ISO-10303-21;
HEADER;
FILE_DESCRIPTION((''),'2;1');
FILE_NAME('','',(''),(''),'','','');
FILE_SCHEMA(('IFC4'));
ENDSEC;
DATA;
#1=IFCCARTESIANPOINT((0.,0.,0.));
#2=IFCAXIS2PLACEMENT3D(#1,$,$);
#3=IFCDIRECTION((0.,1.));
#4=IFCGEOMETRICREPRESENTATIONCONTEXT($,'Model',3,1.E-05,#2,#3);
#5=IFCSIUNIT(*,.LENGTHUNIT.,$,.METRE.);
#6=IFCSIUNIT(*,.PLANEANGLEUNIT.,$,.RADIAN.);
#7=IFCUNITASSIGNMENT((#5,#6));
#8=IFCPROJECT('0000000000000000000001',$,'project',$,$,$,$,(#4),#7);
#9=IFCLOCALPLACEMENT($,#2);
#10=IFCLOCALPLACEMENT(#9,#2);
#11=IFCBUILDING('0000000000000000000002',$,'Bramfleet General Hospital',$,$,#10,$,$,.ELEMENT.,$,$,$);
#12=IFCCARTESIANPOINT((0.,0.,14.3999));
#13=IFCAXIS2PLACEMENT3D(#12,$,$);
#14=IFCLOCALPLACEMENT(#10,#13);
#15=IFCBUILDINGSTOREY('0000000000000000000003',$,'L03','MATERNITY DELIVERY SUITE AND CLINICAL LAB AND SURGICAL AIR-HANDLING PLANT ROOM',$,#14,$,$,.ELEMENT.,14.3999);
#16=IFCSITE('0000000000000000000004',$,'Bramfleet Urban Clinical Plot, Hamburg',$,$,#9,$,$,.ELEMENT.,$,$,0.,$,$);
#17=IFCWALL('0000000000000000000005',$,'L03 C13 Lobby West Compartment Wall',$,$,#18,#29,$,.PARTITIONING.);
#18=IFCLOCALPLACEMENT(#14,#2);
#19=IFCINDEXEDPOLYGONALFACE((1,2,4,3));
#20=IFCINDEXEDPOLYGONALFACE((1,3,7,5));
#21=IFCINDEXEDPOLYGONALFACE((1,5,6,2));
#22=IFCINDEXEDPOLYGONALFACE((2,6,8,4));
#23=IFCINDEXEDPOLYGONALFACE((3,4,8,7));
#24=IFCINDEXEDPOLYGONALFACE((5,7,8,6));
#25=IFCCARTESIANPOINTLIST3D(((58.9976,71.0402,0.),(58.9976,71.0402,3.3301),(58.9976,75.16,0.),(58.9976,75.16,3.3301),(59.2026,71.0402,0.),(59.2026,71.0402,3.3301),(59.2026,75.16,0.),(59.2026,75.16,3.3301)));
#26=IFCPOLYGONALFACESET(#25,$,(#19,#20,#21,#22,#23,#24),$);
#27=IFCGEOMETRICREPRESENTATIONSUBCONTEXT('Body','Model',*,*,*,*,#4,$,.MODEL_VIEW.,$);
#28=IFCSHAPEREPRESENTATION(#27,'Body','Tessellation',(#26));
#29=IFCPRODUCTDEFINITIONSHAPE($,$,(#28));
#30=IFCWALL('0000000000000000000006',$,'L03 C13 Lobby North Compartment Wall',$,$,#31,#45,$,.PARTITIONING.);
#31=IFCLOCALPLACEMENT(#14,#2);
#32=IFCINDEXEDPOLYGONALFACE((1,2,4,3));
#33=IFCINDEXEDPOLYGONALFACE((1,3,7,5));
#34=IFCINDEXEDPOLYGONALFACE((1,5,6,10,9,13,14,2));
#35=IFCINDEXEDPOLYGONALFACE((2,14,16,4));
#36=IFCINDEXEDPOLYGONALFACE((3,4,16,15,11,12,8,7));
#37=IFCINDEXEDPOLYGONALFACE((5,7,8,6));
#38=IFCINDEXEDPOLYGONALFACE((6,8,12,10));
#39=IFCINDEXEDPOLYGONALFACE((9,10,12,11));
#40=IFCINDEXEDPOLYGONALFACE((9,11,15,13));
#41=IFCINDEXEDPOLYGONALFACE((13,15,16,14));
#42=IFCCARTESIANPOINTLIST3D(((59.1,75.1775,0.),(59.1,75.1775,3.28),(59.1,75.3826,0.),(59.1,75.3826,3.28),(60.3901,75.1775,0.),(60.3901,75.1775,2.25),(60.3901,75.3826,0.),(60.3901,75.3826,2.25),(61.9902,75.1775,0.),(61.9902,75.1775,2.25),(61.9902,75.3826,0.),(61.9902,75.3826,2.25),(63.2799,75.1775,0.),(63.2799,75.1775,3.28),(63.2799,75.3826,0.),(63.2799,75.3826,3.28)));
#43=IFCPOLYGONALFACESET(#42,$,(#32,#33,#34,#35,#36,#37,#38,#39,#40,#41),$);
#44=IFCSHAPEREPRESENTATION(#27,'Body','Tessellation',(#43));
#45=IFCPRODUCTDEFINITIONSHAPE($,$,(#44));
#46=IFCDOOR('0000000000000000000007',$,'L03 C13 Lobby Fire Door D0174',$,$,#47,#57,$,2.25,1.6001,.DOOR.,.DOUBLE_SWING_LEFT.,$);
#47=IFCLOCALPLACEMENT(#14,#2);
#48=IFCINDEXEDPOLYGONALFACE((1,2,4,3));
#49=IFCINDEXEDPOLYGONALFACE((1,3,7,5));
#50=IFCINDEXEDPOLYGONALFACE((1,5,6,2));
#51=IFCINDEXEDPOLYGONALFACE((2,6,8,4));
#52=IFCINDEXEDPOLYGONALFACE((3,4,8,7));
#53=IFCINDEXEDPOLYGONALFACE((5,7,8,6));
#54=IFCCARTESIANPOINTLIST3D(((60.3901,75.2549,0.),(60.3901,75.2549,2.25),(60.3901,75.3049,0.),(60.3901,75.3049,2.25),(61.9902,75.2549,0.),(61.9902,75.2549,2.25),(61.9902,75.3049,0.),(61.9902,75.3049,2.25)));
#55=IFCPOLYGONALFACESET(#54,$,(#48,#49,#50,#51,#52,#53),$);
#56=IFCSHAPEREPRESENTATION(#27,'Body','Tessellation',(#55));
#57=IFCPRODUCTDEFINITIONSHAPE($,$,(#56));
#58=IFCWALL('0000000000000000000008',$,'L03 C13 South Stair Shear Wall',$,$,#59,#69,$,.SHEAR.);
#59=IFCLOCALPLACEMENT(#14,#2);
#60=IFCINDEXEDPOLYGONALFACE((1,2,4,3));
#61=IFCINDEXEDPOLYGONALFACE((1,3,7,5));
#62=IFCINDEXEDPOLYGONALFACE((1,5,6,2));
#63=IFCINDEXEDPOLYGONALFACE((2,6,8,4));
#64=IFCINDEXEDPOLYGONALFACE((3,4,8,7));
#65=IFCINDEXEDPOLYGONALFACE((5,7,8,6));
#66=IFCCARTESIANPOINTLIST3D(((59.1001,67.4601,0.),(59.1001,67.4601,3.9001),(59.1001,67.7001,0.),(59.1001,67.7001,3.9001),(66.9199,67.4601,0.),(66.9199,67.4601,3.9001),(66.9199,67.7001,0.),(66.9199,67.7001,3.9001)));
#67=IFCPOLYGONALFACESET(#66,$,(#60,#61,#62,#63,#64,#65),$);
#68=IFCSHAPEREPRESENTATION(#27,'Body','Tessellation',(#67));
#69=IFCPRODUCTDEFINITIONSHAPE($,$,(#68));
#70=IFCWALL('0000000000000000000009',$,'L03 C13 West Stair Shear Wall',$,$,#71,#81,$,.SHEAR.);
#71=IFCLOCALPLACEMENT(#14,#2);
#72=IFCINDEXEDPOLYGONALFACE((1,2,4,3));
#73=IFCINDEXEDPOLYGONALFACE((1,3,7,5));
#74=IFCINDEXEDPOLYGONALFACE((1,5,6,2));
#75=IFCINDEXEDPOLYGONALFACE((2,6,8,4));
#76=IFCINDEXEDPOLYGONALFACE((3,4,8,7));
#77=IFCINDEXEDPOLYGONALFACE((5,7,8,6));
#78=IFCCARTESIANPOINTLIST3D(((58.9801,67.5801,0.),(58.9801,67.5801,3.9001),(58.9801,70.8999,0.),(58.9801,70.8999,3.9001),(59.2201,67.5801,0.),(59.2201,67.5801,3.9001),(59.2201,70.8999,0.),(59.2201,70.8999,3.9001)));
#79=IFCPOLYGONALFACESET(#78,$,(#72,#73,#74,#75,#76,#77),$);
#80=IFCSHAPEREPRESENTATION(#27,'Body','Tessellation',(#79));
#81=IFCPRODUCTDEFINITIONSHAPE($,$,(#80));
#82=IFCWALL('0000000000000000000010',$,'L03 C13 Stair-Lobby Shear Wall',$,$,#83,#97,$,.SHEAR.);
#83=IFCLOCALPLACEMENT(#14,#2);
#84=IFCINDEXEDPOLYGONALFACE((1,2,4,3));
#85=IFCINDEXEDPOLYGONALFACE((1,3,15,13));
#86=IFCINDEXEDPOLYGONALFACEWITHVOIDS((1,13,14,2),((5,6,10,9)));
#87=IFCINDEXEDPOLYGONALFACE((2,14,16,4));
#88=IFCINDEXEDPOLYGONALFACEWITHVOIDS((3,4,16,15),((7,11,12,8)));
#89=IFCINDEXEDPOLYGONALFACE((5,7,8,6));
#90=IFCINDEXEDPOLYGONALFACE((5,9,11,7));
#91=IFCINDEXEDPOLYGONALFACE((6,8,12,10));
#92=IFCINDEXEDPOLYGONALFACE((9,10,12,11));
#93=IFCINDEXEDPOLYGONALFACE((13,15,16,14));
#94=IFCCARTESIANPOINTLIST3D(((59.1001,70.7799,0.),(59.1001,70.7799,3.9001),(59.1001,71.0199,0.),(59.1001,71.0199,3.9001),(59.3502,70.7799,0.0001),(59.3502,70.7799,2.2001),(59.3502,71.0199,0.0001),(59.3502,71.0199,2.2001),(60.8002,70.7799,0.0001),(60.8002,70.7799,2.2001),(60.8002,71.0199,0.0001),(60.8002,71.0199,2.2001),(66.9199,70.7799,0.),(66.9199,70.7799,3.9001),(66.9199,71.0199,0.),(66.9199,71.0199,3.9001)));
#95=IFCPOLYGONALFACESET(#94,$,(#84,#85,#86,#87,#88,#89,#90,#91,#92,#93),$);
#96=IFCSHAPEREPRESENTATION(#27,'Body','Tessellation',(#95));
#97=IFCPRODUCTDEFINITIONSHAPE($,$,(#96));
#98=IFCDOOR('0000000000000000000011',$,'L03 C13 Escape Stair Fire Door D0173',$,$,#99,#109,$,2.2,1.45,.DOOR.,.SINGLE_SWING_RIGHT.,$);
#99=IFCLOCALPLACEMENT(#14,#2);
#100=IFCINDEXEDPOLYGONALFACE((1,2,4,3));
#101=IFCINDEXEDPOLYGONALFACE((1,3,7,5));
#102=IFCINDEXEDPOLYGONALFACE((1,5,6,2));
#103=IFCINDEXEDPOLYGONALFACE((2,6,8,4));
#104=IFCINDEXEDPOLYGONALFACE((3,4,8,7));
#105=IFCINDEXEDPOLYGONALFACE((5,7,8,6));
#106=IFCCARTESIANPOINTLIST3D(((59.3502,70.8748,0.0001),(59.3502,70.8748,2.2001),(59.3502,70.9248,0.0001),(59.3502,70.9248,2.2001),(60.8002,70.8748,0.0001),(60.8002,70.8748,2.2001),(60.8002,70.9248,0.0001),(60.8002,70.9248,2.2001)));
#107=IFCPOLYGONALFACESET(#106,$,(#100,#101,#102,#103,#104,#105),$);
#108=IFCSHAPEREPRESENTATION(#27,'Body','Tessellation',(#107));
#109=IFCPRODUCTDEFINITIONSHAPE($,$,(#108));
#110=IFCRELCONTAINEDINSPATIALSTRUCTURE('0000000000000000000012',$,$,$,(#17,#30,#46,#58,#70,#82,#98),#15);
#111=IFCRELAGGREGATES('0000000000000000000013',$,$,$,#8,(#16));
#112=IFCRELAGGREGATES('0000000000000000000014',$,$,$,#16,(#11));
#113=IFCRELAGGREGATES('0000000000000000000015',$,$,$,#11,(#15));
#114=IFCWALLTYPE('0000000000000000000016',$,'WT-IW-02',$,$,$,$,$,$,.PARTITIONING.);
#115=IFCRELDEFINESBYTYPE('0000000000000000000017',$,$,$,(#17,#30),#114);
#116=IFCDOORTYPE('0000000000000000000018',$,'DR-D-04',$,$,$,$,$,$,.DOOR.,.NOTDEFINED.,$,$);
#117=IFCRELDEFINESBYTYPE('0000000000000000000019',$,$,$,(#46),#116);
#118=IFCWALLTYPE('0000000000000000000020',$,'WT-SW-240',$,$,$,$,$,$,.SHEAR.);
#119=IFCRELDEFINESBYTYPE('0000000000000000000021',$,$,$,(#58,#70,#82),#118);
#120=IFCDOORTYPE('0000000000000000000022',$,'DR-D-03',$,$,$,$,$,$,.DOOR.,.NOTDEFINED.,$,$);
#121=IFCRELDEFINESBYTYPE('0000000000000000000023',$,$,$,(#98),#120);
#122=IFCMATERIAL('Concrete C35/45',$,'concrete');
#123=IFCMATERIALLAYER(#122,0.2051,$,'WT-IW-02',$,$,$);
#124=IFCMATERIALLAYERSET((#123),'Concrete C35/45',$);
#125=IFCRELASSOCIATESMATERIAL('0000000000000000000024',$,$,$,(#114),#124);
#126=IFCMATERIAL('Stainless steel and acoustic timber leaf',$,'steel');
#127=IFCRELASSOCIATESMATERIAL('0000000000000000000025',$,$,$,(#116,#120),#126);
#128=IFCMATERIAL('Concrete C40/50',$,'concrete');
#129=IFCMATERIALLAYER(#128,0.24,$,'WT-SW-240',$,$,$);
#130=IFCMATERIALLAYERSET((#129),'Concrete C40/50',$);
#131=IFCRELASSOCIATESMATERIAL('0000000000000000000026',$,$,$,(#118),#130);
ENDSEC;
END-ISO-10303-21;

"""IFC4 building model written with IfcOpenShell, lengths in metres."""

from ifc_helpers import new_model, si_unit, direction, frame, frame_2d, origin, place, context, subcontext, project, spatial, rectangle, extrude, material, layer, layer_set, type_object, element, fill, save


model = new_model("IFC4")

# Units and contexts
model_context = context("Model", 3, precision=1e-05, world=origin(), true_north=direction((0.0, 1.0)))
body_context = subcontext(model_context, "Body", "Model", "MODEL_VIEW")
ifc_project = project(units=[si_unit("LENGTHUNIT", "METRE"), si_unit("PLANEANGLEUNIT", "RADIAN")], contexts=[model_context])

# Site, building, storey
site_placement = place(None, origin())
site = spatial("IfcSite", under=ifc_project, at=site_placement, Name="Bramfleet Urban Clinical Plot, Hamburg", CompositionType="ELEMENT", RefElevation=0.0)
building_placement = place(site_placement, origin())
building = spatial("IfcBuilding", under=site, at=building_placement, Name="Bramfleet General Hospital", CompositionType="ELEMENT")
storey_placement = place(building_placement, frame((0.0, 0.0, 14.3999)))
storey = spatial("IfcBuildingStorey", under=building, at=storey_placement, Name="L03", Description="MATERNITY DELIVERY SUITE AND CLINICAL LAB AND SURGICAL AIR-HANDLING PLANT ROOM", CompositionType="ELEMENT", Elevation=14.3999)

# Shared definitions
ifc_material_1 = material(Name="Concrete C40/50", Category="concrete")

# Shared definitions
ifc_material_2 = material(Name="Concrete C35/45", Category="concrete")

# Shared definitions
ifc_material_3 = material(Name="Stainless steel and acoustic timber leaf", Category="steel")

# Wall
ifc_layer_1 = layer(ifc_material_2, 0.2051, Name="WT-IW-02")
ifc_layer_set_1 = layer_set([ifc_layer_1], Name="Concrete C35/45")
wall_type_1 = type_object("IfcWallType", Name="WT-IW-02", PredefinedType="PARTITIONING", material=ifc_layer_set_1)
wall_1_placement = place(storey_placement, frame((59.1001, 71.04, 0.0), z_axis=(0.0, 0.0, 1.0), x_axis=(0.0, 1.0, 0.0)))
element("IfcWall", 1, at=wall_1_placement, inside=storey, type_object=wall_type_1, Name="L03 C13 Lobby West Compartment Wall", PredefinedType="PARTITIONING", context=body_context, shape_type="SweptSolid", body=[
    extrude(rectangle(XDim=4.1199, YDim=0.2051, at=frame_2d((2.0601, 0.0))), origin(), (0.0, 0.0, 1.0), 3.3301),
])

# Wall, opening, door
wall_2_placement = place(storey_placement, frame((59.1001, 75.28, 0.0), z_axis=(0.0, 0.0, 1.0), x_axis=(1.0, 0.0, 0.0)))
wall_2 = element("IfcWall", 2, at=wall_2_placement, inside=storey, type_object=wall_type_1, Name="L03 C13 Lobby North Compartment Wall", PredefinedType="PARTITIONING", context=body_context, shape_type="SweptSolid", body=[
    extrude(rectangle(XDim=4.1799, YDim=0.2051, at=frame_2d((2.0898, 0.0))), origin(), (0.0, 0.0, 1.0), 3.28),
])
opening_1_placement = place(wall_2_placement, frame((1.29, 0.0, 0.0)))
opening_1 = element("IfcOpeningElement", 3, at=opening_1_placement, cuts=wall_2, PredefinedType="OPENING", context=body_context, shape_type="SweptSolid", body=[
    extrude(rectangle(XDim=1.6001, YDim=2.25, at=frame_2d((0.8, 1.125))), frame((0.0, 0.1125, 0.0), z_axis=(0.0, -1.0, 0.0), x_axis=(1.0, 0.0, 0.0)), (0.0, 0.0, 1.0), 0.2251),
])
door_type_1 = type_object("IfcDoorType", Name="DR-D-04", OperationType="NOTDEFINED", PredefinedType="DOOR", material=ifc_material_3)
door_1_placement = place(opening_1_placement, origin())
door_1 = element("IfcDoor", 4, at=door_1_placement, inside=storey, type_object=door_type_1, Name="L03 C13 Lobby Fire Door D0174", OperationType="DOUBLE_SWING_LEFT", OverallHeight=2.25, OverallWidth=1.6001, PredefinedType="DOOR", context=body_context, shape_type="SweptSolid", body=[
    extrude(rectangle(XDim=1.6001, YDim=2.25, at=frame_2d((0.8, 1.125))), frame((0.0, 0.0249, 0.0), z_axis=(0.0, -1.0, 0.0), x_axis=(1.0, 0.0, 0.0)), (0.0, 0.0, 1.0), 0.05),
])
fill(opening_1, door_1)

# Walls
ifc_layer_2 = layer(ifc_material_1, 0.24, Name="WT-SW-240")
ifc_layer_set_2 = layer_set([ifc_layer_2], Name="Concrete C40/50")
wall_type_2 = type_object("IfcWallType", Name="WT-SW-240", PredefinedType="SHEAR", material=ifc_layer_set_2)
wall_3_placement = place(storey_placement, frame((59.1001, 67.5801, 0.0), z_axis=(0.0, 0.0, 1.0), x_axis=(1.0, 0.0, 0.0)))
element("IfcWall", 5, at=wall_3_placement, inside=storey, type_object=wall_type_2, Name="L03 C13 South Stair Shear Wall", PredefinedType="SHEAR", context=body_context, shape_type="SweptSolid", body=[
    extrude(rectangle(XDim=7.8198, YDim=0.24, at=frame_2d((3.9099, 0.0))), origin(), (0.0, 0.0, 1.0), 3.9001),
])
wall_4_placement = place(storey_placement, frame((59.1001, 67.5801, 0.0), z_axis=(0.0, 0.0, 1.0), x_axis=(0.0, 1.0, 0.0)))
element("IfcWall", 6, at=wall_4_placement, inside=storey, type_object=wall_type_2, Name="L03 C13 West Stair Shear Wall", PredefinedType="SHEAR", context=body_context, shape_type="SweptSolid", body=[
    extrude(rectangle(XDim=3.3198, YDim=0.24, at=frame_2d((1.6599, 0.0))), origin(), (0.0, 0.0, 1.0), 3.9001),
])

# Wall, opening, door
wall_5_placement = place(storey_placement, frame((59.1001, 70.8999, 0.0), z_axis=(0.0, 0.0, 1.0), x_axis=(1.0, 0.0, 0.0)))
wall_5 = element("IfcWall", 7, at=wall_5_placement, inside=storey, type_object=wall_type_2, Name="L03 C13 Stair-Lobby Shear Wall", PredefinedType="SHEAR", context=body_context, shape_type="SweptSolid", body=[
    extrude(rectangle(XDim=7.8198, YDim=0.24, at=frame_2d((3.9099, 0.0))), origin(), (0.0, 0.0, 1.0), 3.9001),
])
opening_2_placement = place(wall_5_placement, frame((0.25, 0.0, 0.0)))
opening_2 = element("IfcOpeningElement", 8, at=opening_2_placement, cuts=wall_5, PredefinedType="OPENING", context=body_context, shape_type="SweptSolid", body=[
    extrude(rectangle(XDim=1.45, YDim=2.2, at=frame_2d((0.7251, 1.1001))), frame((0.0, 0.1299, 0.0), z_axis=(0.0, -1.0, 0.0), x_axis=(1.0, 0.0, 0.0)), (0.0, 0.0, 1.0), 0.26),
])
door_type_2 = type_object("IfcDoorType", Name="DR-D-03", OperationType="NOTDEFINED", PredefinedType="DOOR", material=ifc_material_3)
door_2_placement = place(opening_2_placement, origin())
door_2 = element("IfcDoor", 9, at=door_2_placement, inside=storey, type_object=door_type_2, Name="L03 C13 Escape Stair Fire Door D0173", OperationType="SINGLE_SWING_RIGHT", OverallHeight=2.2, OverallWidth=1.45, PredefinedType="DOOR", context=body_context, shape_type="SweptSolid", body=[
    extrude(rectangle(XDim=1.45, YDim=2.2, at=frame_2d((0.7251, 1.1001))), frame((0.0, 0.0249, 0.0), z_axis=(0.0, -1.0, 0.0), x_axis=(1.0, 0.0, 0.0)), (0.0, 0.0, 1.0), 0.05),
])
fill(opening_2, door_2)

save(model, "model.ifc")
